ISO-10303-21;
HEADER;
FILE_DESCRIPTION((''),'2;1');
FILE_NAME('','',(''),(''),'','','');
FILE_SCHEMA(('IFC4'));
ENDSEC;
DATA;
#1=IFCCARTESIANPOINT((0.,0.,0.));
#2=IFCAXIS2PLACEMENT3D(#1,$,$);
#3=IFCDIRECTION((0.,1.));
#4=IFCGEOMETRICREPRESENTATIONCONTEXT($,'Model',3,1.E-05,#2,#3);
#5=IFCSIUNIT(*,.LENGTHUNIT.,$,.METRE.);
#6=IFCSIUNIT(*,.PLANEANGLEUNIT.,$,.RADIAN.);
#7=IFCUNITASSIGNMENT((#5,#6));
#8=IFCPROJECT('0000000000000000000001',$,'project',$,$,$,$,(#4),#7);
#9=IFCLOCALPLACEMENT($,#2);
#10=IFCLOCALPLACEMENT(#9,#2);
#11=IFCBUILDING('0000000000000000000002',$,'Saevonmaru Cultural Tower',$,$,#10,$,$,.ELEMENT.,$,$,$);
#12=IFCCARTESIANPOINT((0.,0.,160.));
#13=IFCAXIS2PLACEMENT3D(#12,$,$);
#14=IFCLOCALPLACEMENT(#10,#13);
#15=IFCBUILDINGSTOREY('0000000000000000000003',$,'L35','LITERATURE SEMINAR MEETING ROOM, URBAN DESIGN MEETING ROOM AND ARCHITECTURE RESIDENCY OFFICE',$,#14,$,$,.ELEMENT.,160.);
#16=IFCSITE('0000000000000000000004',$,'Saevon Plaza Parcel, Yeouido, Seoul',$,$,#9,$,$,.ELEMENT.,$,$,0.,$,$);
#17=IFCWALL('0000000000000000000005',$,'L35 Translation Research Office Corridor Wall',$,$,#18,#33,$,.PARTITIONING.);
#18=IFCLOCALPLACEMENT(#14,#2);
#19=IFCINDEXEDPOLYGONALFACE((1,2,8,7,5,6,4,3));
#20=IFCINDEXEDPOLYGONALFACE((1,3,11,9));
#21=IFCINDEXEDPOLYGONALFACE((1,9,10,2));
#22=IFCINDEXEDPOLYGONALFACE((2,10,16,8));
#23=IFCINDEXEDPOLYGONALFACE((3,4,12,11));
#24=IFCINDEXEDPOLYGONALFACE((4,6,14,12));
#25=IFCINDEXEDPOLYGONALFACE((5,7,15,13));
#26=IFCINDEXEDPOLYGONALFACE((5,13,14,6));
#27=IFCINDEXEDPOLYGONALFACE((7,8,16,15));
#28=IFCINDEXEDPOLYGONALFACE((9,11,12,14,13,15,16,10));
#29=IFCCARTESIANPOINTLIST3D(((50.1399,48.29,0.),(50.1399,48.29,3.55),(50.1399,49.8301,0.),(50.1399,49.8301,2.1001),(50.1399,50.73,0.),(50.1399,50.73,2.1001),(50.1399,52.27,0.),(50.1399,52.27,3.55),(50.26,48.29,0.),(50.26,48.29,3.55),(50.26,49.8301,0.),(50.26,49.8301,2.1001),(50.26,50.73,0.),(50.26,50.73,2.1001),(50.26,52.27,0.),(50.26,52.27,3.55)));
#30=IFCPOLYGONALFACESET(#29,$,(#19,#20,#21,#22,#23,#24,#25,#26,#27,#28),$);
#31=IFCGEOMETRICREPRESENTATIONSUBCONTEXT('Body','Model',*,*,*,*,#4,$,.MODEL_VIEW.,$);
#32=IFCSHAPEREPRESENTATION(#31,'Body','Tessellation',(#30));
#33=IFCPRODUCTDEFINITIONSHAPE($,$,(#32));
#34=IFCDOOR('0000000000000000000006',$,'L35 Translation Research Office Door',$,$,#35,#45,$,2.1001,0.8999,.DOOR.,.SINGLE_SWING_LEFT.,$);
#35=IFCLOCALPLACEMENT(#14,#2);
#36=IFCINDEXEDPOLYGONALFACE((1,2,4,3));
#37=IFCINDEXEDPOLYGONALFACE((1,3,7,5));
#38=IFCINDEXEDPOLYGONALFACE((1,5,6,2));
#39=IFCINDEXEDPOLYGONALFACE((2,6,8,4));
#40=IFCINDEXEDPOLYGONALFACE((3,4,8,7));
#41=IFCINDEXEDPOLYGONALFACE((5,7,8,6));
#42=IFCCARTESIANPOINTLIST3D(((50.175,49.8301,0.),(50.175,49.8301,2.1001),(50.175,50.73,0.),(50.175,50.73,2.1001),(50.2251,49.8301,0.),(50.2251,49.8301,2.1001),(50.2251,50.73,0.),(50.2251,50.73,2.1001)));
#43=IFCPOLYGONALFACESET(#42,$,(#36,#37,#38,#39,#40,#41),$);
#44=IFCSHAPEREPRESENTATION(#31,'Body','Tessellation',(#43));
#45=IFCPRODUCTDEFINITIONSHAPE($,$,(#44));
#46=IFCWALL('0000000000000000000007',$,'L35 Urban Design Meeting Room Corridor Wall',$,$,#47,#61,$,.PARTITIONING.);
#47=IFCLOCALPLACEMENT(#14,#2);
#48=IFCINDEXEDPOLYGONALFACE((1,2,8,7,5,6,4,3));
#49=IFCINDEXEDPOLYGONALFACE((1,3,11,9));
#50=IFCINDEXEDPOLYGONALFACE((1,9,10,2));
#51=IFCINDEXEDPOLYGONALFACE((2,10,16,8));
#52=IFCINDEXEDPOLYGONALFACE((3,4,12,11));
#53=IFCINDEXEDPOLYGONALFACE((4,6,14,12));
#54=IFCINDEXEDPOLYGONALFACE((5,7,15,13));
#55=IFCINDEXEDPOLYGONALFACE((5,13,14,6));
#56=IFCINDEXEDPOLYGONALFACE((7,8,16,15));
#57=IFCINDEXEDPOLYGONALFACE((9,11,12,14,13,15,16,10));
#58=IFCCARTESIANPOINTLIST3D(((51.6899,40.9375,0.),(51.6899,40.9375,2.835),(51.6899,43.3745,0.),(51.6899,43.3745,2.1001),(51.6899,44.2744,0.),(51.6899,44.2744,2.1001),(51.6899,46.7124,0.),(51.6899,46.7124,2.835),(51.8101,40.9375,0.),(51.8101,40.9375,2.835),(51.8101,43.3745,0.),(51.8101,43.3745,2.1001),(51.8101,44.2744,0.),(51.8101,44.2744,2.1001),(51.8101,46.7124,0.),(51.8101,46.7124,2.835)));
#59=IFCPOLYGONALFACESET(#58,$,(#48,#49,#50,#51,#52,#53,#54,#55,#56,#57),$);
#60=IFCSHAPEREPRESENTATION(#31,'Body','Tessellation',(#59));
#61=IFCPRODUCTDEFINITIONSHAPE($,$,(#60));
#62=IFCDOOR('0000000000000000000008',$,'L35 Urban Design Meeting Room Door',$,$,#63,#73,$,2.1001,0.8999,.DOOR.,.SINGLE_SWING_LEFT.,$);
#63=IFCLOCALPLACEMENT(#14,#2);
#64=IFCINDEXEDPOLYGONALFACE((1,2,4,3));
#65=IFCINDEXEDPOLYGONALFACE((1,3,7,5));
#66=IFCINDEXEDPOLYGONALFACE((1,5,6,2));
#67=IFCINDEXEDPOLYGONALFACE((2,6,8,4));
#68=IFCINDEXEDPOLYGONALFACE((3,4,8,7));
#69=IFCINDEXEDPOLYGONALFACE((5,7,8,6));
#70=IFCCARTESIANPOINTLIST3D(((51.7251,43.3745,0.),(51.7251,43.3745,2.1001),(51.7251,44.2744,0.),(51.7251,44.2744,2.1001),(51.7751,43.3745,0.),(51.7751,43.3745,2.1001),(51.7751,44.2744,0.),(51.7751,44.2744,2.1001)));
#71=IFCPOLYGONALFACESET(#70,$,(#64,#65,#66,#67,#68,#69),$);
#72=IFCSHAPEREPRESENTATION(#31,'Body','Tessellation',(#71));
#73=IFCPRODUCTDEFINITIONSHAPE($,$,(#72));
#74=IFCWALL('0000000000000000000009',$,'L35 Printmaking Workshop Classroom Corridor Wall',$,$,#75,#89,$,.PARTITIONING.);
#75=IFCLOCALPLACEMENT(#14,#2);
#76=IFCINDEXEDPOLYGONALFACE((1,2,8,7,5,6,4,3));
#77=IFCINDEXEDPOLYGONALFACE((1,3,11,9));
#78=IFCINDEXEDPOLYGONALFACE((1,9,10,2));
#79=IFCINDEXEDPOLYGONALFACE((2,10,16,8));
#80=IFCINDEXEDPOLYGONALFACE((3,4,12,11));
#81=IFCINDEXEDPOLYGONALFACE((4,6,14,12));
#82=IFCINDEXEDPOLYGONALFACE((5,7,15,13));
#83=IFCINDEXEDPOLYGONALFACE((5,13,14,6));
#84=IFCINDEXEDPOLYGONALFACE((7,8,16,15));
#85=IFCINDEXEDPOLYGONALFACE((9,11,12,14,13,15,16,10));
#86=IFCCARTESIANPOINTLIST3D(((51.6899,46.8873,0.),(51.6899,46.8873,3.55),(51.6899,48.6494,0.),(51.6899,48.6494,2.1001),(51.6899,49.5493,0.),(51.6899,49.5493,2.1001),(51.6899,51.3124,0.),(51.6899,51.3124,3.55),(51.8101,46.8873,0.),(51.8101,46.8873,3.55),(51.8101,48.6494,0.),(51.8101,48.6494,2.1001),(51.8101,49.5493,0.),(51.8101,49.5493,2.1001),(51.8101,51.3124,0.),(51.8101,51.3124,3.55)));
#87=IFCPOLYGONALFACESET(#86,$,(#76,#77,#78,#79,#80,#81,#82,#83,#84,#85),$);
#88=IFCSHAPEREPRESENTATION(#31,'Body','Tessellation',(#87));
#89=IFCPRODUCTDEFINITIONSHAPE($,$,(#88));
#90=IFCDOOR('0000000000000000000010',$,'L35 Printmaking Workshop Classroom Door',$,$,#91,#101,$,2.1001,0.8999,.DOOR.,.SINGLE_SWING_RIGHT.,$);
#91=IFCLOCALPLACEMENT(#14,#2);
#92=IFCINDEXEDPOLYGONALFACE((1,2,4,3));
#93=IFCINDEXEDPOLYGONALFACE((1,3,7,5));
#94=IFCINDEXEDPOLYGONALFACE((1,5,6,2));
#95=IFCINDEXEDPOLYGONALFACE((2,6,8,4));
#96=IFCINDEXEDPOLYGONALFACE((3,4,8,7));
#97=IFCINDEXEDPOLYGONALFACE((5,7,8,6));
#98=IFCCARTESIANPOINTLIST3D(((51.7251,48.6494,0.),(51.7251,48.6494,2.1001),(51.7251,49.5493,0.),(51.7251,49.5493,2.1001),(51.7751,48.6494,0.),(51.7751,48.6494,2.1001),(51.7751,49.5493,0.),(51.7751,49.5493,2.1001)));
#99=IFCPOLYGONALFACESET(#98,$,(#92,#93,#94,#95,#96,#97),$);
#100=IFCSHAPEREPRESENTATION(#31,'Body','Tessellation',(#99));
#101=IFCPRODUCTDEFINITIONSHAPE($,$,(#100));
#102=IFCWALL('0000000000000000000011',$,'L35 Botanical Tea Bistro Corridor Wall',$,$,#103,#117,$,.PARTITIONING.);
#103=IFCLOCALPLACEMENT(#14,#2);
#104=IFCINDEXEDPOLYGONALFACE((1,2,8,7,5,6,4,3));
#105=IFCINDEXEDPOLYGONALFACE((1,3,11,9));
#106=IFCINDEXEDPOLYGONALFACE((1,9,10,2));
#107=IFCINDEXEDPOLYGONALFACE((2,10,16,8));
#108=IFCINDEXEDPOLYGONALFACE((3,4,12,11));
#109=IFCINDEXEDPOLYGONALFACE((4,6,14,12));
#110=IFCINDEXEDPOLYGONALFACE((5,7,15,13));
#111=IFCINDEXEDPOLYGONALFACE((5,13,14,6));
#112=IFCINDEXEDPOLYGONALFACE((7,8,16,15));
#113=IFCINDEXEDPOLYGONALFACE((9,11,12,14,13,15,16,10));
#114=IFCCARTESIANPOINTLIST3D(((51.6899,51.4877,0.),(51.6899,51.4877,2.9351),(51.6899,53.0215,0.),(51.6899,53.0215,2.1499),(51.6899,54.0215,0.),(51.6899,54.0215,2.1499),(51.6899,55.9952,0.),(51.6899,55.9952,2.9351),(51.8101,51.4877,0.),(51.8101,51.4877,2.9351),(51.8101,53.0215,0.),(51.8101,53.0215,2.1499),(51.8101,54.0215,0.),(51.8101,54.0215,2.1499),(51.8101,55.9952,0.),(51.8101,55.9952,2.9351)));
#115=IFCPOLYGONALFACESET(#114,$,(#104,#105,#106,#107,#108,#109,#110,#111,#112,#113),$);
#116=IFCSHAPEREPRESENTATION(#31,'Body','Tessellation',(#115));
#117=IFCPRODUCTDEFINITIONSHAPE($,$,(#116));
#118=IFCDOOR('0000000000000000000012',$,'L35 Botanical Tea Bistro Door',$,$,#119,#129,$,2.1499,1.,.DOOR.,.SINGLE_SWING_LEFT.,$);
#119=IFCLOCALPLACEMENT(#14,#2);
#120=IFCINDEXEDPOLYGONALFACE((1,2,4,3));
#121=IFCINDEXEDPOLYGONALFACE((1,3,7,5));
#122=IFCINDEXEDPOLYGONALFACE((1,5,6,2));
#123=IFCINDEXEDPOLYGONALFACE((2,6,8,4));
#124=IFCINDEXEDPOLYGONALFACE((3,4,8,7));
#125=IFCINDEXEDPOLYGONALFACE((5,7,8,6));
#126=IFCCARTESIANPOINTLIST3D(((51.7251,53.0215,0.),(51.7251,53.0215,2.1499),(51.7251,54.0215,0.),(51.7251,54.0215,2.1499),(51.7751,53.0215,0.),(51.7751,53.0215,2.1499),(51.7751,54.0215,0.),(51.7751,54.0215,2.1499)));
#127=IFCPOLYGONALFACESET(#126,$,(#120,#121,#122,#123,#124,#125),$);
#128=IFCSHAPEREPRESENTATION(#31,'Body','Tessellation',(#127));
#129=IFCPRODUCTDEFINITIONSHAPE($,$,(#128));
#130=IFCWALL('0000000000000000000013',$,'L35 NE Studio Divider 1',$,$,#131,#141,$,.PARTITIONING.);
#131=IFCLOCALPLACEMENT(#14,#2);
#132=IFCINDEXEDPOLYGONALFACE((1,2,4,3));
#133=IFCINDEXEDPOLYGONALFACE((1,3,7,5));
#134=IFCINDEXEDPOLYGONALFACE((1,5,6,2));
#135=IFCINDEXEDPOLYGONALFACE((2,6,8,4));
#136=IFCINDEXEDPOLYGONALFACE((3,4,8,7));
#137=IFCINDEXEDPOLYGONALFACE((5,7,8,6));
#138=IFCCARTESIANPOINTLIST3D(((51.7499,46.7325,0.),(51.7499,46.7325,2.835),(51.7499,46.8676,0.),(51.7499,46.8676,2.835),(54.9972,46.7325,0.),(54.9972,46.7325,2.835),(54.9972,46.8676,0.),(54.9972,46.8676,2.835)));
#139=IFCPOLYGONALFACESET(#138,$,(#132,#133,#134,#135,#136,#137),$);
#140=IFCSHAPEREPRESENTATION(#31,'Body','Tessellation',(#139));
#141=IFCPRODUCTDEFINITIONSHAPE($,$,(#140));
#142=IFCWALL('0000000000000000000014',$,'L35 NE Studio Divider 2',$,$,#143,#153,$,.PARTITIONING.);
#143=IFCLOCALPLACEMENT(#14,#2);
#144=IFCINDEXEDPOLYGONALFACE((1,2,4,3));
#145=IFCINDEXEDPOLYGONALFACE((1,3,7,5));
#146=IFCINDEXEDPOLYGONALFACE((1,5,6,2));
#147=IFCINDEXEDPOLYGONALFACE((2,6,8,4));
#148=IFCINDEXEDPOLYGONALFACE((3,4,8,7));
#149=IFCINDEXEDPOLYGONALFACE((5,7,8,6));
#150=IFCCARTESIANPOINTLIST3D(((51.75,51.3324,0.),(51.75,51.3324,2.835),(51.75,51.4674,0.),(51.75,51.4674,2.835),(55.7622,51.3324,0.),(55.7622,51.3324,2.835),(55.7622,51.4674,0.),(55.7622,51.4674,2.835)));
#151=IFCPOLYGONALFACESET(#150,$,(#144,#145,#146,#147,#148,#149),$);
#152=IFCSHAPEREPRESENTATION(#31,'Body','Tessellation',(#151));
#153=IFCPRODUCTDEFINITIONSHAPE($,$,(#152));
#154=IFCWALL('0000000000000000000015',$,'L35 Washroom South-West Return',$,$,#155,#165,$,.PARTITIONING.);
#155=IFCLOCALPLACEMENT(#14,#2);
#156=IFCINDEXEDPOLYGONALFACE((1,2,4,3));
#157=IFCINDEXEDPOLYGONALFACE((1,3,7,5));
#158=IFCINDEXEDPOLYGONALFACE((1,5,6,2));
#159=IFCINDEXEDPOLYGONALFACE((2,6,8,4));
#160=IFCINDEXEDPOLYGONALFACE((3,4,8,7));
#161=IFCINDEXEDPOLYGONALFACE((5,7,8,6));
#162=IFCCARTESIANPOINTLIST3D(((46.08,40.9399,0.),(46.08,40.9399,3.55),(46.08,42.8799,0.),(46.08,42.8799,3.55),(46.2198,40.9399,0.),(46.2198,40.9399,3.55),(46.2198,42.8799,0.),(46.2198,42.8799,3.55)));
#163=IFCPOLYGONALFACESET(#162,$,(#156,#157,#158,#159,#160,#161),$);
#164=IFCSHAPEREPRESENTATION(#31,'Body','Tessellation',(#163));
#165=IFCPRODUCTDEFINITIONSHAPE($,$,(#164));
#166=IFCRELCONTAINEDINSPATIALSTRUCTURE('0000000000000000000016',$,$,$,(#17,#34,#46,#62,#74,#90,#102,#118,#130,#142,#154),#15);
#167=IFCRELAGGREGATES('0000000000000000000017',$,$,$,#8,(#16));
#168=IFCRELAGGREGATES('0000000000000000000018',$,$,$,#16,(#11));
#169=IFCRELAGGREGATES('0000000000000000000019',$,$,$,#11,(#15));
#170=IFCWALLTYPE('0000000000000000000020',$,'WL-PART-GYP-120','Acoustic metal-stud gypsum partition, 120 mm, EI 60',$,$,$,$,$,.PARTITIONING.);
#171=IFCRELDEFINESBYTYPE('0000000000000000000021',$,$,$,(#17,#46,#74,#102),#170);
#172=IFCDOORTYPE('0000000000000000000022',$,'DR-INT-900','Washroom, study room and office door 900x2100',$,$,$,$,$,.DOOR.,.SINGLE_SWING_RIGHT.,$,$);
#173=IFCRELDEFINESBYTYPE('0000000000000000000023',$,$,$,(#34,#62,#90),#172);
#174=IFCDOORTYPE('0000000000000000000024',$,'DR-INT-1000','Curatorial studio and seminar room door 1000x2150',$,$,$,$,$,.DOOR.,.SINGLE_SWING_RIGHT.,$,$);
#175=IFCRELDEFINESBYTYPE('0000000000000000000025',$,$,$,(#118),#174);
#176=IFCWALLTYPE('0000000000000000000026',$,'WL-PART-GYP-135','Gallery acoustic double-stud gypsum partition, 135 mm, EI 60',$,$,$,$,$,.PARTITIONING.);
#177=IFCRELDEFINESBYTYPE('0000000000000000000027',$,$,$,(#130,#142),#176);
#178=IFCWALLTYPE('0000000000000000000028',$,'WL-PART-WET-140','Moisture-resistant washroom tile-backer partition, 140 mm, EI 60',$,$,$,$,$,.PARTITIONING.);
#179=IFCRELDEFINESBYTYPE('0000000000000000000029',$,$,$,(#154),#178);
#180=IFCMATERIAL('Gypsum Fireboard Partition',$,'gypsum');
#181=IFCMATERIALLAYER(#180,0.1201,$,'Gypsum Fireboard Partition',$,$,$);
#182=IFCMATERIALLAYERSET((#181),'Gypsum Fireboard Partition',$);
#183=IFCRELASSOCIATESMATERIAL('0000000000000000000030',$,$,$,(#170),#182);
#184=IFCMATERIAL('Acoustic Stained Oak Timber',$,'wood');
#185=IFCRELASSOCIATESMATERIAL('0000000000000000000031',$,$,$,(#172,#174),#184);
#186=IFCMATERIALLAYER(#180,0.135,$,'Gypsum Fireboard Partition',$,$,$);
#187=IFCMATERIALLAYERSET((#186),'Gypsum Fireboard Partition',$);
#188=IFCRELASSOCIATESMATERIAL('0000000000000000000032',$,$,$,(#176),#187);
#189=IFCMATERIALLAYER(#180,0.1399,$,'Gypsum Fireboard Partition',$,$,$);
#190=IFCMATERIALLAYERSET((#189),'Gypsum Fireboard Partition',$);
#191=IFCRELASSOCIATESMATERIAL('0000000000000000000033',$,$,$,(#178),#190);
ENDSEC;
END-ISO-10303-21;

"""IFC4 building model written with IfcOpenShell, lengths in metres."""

from ifc_helpers import new_model, si_unit, direction, frame, frame_2d, origin, place, context, subcontext, project, spatial, rectangle, extrude, material, layer, layer_set, type_object, element, fill, save


model = new_model("IFC4")

# Units and contexts
model_context = context("Model", 3, precision=1e-05, world=origin(), true_north=direction((0.0, 1.0)))
body_context = subcontext(model_context, "Body", "Model", "MODEL_VIEW")
ifc_project = project(units=[si_unit("LENGTHUNIT", "METRE"), si_unit("PLANEANGLEUNIT", "RADIAN")], contexts=[model_context])

# Site, building, storey
site_placement = place(None, origin())
site = spatial("IfcSite", under=ifc_project, at=site_placement, Name="Saevon Plaza Parcel, Yeouido, Seoul", CompositionType="ELEMENT", RefElevation=0.0)
building_placement = place(site_placement, origin())
building = spatial("IfcBuilding", under=site, at=building_placement, Name="Saevonmaru Cultural Tower", CompositionType="ELEMENT")
storey_placement = place(building_placement, frame((0.0, 0.0, 160.0)))
storey = spatial("IfcBuildingStorey", under=building, at=storey_placement, Name="L35", Description="LITERATURE SEMINAR MEETING ROOM, URBAN DESIGN MEETING ROOM AND ARCHITECTURE RESIDENCY OFFICE", CompositionType="ELEMENT", Elevation=160.0)

# Walls, openings, doors
ifc_material_1 = material(Name="Gypsum Fireboard Partition", Category="gypsum")
ifc_layer_1 = layer(ifc_material_1, 0.1201, Name="Gypsum Fireboard Partition")
ifc_layer_set_1 = layer_set([ifc_layer_1], Name="Gypsum Fireboard Partition")
wall_type_1 = type_object("IfcWallType", Name="WL-PART-GYP-120", Description="Acoustic metal-stud gypsum partition, 120 mm, EI 60", PredefinedType="PARTITIONING", material=ifc_layer_set_1)
wall_1_placement = place(storey_placement, frame((50.2, 48.29, 0.0), z_axis=(0.0, 0.0, 1.0), x_axis=(0.0, 1.0, 0.0)))
wall_1 = element("IfcWall", 1, at=wall_1_placement, inside=storey, type_object=wall_type_1, Name="L35 Translation Research Office Corridor Wall", PredefinedType="PARTITIONING", context=body_context, shape_type="SweptSolid", body=[
    extrude(rectangle(XDim=3.98, YDim=0.1201, at=frame_2d((1.99, 0.0))), origin(), (0.0, 0.0, 1.0), 3.55),
])
opening_1_placement = place(wall_1_placement, frame((1.54, 0.0, 0.0)))
opening_1 = element("IfcOpeningElement", 2, at=opening_1_placement, cuts=wall_1, PredefinedType="OPENING", context=body_context, shape_type="SweptSolid", body=[
    extrude(rectangle(XDim=0.8999, YDim=2.1001, at=frame_2d((0.45, 1.05))), frame((0.0, 0.0701, 0.0), z_axis=(0.0, -1.0, 0.0), x_axis=(1.0, 0.0, 0.0)), (0.0, 0.0, 1.0), 0.1401),
])
ifc_material_2 = material(Name="Acoustic Stained Oak Timber", Category="wood")
door_type_1 = type_object("IfcDoorType", Name="DR-INT-900", Description="Washroom, study room and office door 900x2100", OperationType="SINGLE_SWING_RIGHT", PredefinedType="DOOR", material=ifc_material_2)
door_1_placement = place(opening_1_placement, origin())
door_1 = element("IfcDoor", 3, at=door_1_placement, inside=storey, type_object=door_type_1, Name="L35 Translation Research Office Door", OperationType="SINGLE_SWING_LEFT", OverallHeight=2.1001, OverallWidth=0.8999, PredefinedType="DOOR", context=body_context, shape_type="SweptSolid", body=[
    extrude(rectangle(XDim=0.8999, YDim=2.1001, at=frame_2d((0.45, 1.05))), frame((0.0, 0.0249, 0.0), z_axis=(0.0, -1.0, 0.0), x_axis=(1.0, 0.0, 0.0)), (0.0, 0.0, 1.0), 0.05),
])
fill(opening_1, door_1)
wall_2_placement = place(storey_placement, frame((51.75, 40.9375, 0.0), z_axis=(0.0, 0.0, 1.0), x_axis=(0.0, 1.0, 0.0)))
wall_2 = element("IfcWall", 4, at=wall_2_placement, inside=storey, type_object=wall_type_1, Name="L35 Urban Design Meeting Room Corridor Wall", PredefinedType="PARTITIONING", context=body_context, shape_type="SweptSolid", body=[
    extrude(rectangle(XDim=5.7749, YDim=0.1201, at=frame_2d((2.8875, 0.0))), origin(), (0.0, 0.0, 1.0), 2.835),
])
opening_2_placement = place(wall_2_placement, frame((2.437, 0.0, 0.0)))
opening_2 = element("IfcOpeningElement", 5, at=opening_2_placement, cuts=wall_2, PredefinedType="OPENING", context=body_context, shape_type="SweptSolid", body=[
    extrude(rectangle(XDim=0.8999, YDim=2.1001, at=frame_2d((0.45, 1.05))), frame((0.0, 0.0701, 0.0), z_axis=(0.0, -1.0, 0.0), x_axis=(1.0, 0.0, 0.0)), (0.0, 0.0, 1.0), 0.1401),
])
door_2_placement = place(opening_2_placement, origin())
door_2 = element("IfcDoor", 6, at=door_2_placement, inside=storey, type_object=door_type_1, Name="L35 Urban Design Meeting Room Door", OperationType="SINGLE_SWING_LEFT", OverallHeight=2.1001, OverallWidth=0.8999, PredefinedType="DOOR", context=body_context, shape_type="SweptSolid", body=[
    extrude(rectangle(XDim=0.8999, YDim=2.1001, at=frame_2d((0.45, 1.05))), frame((0.0, 0.0249, 0.0), z_axis=(0.0, -1.0, 0.0), x_axis=(1.0, 0.0, 0.0)), (0.0, 0.0, 1.0), 0.05),
])
fill(opening_2, door_2)
wall_3_placement = place(storey_placement, frame((51.75, 46.8875, 0.0), z_axis=(0.0, 0.0, 1.0), x_axis=(0.0, 1.0, 0.0)))
wall_3 = element("IfcWall", 7, at=wall_3_placement, inside=storey, type_object=wall_type_1, Name="L35 Printmaking Workshop Classroom Corridor Wall", PredefinedType="PARTITIONING", context=body_context, shape_type="SweptSolid", body=[
    extrude(rectangle(XDim=4.425, YDim=0.1201, at=frame_2d((2.2124, 0.0))), origin(), (0.0, 0.0, 1.0), 3.55),
])
opening_3_placement = place(wall_3_placement, frame((1.762, 0.0, 0.0)))
opening_3 = element("IfcOpeningElement", 8, at=opening_3_placement, cuts=wall_3, PredefinedType="OPENING", context=body_context, shape_type="SweptSolid", body=[
    extrude(rectangle(XDim=0.8999, YDim=2.1001, at=frame_2d((0.45, 1.05))), frame((0.0, 0.0701, 0.0), z_axis=(0.0, -1.0, 0.0), x_axis=(1.0, 0.0, 0.0)), (0.0, 0.0, 1.0), 0.1401),
])
door_3_placement = place(opening_3_placement, origin())
door_3 = element("IfcDoor", 9, at=door_3_placement, inside=storey, type_object=door_type_1, Name="L35 Printmaking Workshop Classroom Door", OperationType="SINGLE_SWING_RIGHT", OverallHeight=2.1001, OverallWidth=0.8999, PredefinedType="DOOR", context=body_context, shape_type="SweptSolid", body=[
    extrude(rectangle(XDim=0.8999, YDim=2.1001, at=frame_2d((0.45, 1.05))), frame((0.0, 0.0249, 0.0), z_axis=(0.0, -1.0, 0.0), x_axis=(1.0, 0.0, 0.0)), (0.0, 0.0, 1.0), 0.05),
])
fill(opening_3, door_3)
wall_4_placement = place(storey_placement, frame((51.75, 51.4875, 0.0), z_axis=(0.0, 0.0, 1.0), x_axis=(0.0, 1.0, 0.0)))
wall_4 = element("IfcWall", 10, at=wall_4_placement, inside=storey, type_object=wall_type_1, Name="L35 Botanical Tea Bistro Corridor Wall", PredefinedType="PARTITIONING", context=body_context, shape_type="SweptSolid", body=[
    extrude(rectangle(XDim=4.5076, YDim=0.1201, at=frame_2d((2.2539, 0.0))), origin(), (0.0, 0.0, 1.0), 2.9351),
])
opening_4_placement = place(wall_4_placement, frame((1.5339, 0.0, 0.0)))
opening_4 = element("IfcOpeningElement", 11, at=opening_4_placement, cuts=wall_4, PredefinedType="OPENING", context=body_context, shape_type="SweptSolid", body=[
    extrude(rectangle(XDim=1.0, YDim=2.1499, at=frame_2d((0.5, 1.075))), frame((0.0, 0.0701, 0.0), z_axis=(0.0, -1.0, 0.0), x_axis=(1.0, 0.0, 0.0)), (0.0, 0.0, 1.0), 0.1401),
])
door_type_2 = type_object("IfcDoorType", Name="DR-INT-1000", Description="Curatorial studio and seminar room door 1000x2150", OperationType="SINGLE_SWING_RIGHT", PredefinedType="DOOR", material=ifc_material_2)
door_4_placement = place(opening_4_placement, origin())
door_4 = element("IfcDoor", 12, at=door_4_placement, inside=storey, type_object=door_type_2, Name="L35 Botanical Tea Bistro Door", OperationType="SINGLE_SWING_LEFT", OverallHeight=2.1499, OverallWidth=1.0, PredefinedType="DOOR", context=body_context, shape_type="SweptSolid", body=[
    extrude(rectangle(XDim=1.0, YDim=2.1499, at=frame_2d((0.5, 1.075))), frame((0.0, 0.0249, 0.0), z_axis=(0.0, -1.0, 0.0), x_axis=(1.0, 0.0, 0.0)), (0.0, 0.0, 1.0), 0.05),
])
fill(opening_4, door_4)

# Walls
ifc_layer_2 = layer(ifc_material_1, 0.135, Name="Gypsum Fireboard Partition")
ifc_layer_set_2 = layer_set([ifc_layer_2], Name="Gypsum Fireboard Partition")
wall_type_2 = type_object("IfcWallType", Name="WL-PART-GYP-135", Description="Gallery acoustic double-stud gypsum partition, 135 mm, EI 60", PredefinedType="PARTITIONING", material=ifc_layer_set_2)
wall_5_placement = place(storey_placement, frame((51.75, 46.8, 0.0), z_axis=(0.0, 0.0, 1.0), x_axis=(1.0, 0.0, 0.0)))
element("IfcWall", 13, at=wall_5_placement, inside=storey, type_object=wall_type_2, Name="L35 NE Studio Divider 1", PredefinedType="PARTITIONING", context=body_context, shape_type="SweptSolid", body=[
    extrude(rectangle(XDim=3.2473, YDim=0.135, at=frame_2d((1.6235, 0.0))), origin(), (0.0, 0.0, 1.0), 2.835),
])
wall_6_placement = place(storey_placement, frame((51.75, 51.3999, 0.0), z_axis=(0.0, 0.0, 1.0), x_axis=(1.0, 0.0, 0.0)))
element("IfcWall", 14, at=wall_6_placement, inside=storey, type_object=wall_type_2, Name="L35 NE Studio Divider 2", PredefinedType="PARTITIONING", context=body_context, shape_type="SweptSolid", body=[
    extrude(rectangle(XDim=4.0122, YDim=0.135, at=frame_2d((2.0061, 0.0))), origin(), (0.0, 0.0, 1.0), 2.835),
])
ifc_layer_3 = layer(ifc_material_1, 0.1399, Name="Gypsum Fireboard Partition")
ifc_layer_set_3 = layer_set([ifc_layer_3], Name="Gypsum Fireboard Partition")
wall_type_3 = type_object("IfcWallType", Name="WL-PART-WET-140", Description="Moisture-resistant washroom tile-backer partition, 140 mm, EI 60", PredefinedType="PARTITIONING", material=ifc_layer_set_3)
wall_7_placement = place(storey_placement, frame((46.1499, 40.9399, 0.0), z_axis=(0.0, 0.0, 1.0), x_axis=(0.0, 1.0, 0.0)))
element("IfcWall", 15, at=wall_7_placement, inside=storey, type_object=wall_type_3, Name="L35 Washroom South-West Return", PredefinedType="PARTITIONING", context=body_context, shape_type="SweptSolid", body=[
    extrude(rectangle(XDim=1.9399, YDim=0.1399, at=frame_2d((0.97, 0.0))), origin(), (0.0, 0.0, 1.0), 3.55),
])

save(model, "model.ifc")
